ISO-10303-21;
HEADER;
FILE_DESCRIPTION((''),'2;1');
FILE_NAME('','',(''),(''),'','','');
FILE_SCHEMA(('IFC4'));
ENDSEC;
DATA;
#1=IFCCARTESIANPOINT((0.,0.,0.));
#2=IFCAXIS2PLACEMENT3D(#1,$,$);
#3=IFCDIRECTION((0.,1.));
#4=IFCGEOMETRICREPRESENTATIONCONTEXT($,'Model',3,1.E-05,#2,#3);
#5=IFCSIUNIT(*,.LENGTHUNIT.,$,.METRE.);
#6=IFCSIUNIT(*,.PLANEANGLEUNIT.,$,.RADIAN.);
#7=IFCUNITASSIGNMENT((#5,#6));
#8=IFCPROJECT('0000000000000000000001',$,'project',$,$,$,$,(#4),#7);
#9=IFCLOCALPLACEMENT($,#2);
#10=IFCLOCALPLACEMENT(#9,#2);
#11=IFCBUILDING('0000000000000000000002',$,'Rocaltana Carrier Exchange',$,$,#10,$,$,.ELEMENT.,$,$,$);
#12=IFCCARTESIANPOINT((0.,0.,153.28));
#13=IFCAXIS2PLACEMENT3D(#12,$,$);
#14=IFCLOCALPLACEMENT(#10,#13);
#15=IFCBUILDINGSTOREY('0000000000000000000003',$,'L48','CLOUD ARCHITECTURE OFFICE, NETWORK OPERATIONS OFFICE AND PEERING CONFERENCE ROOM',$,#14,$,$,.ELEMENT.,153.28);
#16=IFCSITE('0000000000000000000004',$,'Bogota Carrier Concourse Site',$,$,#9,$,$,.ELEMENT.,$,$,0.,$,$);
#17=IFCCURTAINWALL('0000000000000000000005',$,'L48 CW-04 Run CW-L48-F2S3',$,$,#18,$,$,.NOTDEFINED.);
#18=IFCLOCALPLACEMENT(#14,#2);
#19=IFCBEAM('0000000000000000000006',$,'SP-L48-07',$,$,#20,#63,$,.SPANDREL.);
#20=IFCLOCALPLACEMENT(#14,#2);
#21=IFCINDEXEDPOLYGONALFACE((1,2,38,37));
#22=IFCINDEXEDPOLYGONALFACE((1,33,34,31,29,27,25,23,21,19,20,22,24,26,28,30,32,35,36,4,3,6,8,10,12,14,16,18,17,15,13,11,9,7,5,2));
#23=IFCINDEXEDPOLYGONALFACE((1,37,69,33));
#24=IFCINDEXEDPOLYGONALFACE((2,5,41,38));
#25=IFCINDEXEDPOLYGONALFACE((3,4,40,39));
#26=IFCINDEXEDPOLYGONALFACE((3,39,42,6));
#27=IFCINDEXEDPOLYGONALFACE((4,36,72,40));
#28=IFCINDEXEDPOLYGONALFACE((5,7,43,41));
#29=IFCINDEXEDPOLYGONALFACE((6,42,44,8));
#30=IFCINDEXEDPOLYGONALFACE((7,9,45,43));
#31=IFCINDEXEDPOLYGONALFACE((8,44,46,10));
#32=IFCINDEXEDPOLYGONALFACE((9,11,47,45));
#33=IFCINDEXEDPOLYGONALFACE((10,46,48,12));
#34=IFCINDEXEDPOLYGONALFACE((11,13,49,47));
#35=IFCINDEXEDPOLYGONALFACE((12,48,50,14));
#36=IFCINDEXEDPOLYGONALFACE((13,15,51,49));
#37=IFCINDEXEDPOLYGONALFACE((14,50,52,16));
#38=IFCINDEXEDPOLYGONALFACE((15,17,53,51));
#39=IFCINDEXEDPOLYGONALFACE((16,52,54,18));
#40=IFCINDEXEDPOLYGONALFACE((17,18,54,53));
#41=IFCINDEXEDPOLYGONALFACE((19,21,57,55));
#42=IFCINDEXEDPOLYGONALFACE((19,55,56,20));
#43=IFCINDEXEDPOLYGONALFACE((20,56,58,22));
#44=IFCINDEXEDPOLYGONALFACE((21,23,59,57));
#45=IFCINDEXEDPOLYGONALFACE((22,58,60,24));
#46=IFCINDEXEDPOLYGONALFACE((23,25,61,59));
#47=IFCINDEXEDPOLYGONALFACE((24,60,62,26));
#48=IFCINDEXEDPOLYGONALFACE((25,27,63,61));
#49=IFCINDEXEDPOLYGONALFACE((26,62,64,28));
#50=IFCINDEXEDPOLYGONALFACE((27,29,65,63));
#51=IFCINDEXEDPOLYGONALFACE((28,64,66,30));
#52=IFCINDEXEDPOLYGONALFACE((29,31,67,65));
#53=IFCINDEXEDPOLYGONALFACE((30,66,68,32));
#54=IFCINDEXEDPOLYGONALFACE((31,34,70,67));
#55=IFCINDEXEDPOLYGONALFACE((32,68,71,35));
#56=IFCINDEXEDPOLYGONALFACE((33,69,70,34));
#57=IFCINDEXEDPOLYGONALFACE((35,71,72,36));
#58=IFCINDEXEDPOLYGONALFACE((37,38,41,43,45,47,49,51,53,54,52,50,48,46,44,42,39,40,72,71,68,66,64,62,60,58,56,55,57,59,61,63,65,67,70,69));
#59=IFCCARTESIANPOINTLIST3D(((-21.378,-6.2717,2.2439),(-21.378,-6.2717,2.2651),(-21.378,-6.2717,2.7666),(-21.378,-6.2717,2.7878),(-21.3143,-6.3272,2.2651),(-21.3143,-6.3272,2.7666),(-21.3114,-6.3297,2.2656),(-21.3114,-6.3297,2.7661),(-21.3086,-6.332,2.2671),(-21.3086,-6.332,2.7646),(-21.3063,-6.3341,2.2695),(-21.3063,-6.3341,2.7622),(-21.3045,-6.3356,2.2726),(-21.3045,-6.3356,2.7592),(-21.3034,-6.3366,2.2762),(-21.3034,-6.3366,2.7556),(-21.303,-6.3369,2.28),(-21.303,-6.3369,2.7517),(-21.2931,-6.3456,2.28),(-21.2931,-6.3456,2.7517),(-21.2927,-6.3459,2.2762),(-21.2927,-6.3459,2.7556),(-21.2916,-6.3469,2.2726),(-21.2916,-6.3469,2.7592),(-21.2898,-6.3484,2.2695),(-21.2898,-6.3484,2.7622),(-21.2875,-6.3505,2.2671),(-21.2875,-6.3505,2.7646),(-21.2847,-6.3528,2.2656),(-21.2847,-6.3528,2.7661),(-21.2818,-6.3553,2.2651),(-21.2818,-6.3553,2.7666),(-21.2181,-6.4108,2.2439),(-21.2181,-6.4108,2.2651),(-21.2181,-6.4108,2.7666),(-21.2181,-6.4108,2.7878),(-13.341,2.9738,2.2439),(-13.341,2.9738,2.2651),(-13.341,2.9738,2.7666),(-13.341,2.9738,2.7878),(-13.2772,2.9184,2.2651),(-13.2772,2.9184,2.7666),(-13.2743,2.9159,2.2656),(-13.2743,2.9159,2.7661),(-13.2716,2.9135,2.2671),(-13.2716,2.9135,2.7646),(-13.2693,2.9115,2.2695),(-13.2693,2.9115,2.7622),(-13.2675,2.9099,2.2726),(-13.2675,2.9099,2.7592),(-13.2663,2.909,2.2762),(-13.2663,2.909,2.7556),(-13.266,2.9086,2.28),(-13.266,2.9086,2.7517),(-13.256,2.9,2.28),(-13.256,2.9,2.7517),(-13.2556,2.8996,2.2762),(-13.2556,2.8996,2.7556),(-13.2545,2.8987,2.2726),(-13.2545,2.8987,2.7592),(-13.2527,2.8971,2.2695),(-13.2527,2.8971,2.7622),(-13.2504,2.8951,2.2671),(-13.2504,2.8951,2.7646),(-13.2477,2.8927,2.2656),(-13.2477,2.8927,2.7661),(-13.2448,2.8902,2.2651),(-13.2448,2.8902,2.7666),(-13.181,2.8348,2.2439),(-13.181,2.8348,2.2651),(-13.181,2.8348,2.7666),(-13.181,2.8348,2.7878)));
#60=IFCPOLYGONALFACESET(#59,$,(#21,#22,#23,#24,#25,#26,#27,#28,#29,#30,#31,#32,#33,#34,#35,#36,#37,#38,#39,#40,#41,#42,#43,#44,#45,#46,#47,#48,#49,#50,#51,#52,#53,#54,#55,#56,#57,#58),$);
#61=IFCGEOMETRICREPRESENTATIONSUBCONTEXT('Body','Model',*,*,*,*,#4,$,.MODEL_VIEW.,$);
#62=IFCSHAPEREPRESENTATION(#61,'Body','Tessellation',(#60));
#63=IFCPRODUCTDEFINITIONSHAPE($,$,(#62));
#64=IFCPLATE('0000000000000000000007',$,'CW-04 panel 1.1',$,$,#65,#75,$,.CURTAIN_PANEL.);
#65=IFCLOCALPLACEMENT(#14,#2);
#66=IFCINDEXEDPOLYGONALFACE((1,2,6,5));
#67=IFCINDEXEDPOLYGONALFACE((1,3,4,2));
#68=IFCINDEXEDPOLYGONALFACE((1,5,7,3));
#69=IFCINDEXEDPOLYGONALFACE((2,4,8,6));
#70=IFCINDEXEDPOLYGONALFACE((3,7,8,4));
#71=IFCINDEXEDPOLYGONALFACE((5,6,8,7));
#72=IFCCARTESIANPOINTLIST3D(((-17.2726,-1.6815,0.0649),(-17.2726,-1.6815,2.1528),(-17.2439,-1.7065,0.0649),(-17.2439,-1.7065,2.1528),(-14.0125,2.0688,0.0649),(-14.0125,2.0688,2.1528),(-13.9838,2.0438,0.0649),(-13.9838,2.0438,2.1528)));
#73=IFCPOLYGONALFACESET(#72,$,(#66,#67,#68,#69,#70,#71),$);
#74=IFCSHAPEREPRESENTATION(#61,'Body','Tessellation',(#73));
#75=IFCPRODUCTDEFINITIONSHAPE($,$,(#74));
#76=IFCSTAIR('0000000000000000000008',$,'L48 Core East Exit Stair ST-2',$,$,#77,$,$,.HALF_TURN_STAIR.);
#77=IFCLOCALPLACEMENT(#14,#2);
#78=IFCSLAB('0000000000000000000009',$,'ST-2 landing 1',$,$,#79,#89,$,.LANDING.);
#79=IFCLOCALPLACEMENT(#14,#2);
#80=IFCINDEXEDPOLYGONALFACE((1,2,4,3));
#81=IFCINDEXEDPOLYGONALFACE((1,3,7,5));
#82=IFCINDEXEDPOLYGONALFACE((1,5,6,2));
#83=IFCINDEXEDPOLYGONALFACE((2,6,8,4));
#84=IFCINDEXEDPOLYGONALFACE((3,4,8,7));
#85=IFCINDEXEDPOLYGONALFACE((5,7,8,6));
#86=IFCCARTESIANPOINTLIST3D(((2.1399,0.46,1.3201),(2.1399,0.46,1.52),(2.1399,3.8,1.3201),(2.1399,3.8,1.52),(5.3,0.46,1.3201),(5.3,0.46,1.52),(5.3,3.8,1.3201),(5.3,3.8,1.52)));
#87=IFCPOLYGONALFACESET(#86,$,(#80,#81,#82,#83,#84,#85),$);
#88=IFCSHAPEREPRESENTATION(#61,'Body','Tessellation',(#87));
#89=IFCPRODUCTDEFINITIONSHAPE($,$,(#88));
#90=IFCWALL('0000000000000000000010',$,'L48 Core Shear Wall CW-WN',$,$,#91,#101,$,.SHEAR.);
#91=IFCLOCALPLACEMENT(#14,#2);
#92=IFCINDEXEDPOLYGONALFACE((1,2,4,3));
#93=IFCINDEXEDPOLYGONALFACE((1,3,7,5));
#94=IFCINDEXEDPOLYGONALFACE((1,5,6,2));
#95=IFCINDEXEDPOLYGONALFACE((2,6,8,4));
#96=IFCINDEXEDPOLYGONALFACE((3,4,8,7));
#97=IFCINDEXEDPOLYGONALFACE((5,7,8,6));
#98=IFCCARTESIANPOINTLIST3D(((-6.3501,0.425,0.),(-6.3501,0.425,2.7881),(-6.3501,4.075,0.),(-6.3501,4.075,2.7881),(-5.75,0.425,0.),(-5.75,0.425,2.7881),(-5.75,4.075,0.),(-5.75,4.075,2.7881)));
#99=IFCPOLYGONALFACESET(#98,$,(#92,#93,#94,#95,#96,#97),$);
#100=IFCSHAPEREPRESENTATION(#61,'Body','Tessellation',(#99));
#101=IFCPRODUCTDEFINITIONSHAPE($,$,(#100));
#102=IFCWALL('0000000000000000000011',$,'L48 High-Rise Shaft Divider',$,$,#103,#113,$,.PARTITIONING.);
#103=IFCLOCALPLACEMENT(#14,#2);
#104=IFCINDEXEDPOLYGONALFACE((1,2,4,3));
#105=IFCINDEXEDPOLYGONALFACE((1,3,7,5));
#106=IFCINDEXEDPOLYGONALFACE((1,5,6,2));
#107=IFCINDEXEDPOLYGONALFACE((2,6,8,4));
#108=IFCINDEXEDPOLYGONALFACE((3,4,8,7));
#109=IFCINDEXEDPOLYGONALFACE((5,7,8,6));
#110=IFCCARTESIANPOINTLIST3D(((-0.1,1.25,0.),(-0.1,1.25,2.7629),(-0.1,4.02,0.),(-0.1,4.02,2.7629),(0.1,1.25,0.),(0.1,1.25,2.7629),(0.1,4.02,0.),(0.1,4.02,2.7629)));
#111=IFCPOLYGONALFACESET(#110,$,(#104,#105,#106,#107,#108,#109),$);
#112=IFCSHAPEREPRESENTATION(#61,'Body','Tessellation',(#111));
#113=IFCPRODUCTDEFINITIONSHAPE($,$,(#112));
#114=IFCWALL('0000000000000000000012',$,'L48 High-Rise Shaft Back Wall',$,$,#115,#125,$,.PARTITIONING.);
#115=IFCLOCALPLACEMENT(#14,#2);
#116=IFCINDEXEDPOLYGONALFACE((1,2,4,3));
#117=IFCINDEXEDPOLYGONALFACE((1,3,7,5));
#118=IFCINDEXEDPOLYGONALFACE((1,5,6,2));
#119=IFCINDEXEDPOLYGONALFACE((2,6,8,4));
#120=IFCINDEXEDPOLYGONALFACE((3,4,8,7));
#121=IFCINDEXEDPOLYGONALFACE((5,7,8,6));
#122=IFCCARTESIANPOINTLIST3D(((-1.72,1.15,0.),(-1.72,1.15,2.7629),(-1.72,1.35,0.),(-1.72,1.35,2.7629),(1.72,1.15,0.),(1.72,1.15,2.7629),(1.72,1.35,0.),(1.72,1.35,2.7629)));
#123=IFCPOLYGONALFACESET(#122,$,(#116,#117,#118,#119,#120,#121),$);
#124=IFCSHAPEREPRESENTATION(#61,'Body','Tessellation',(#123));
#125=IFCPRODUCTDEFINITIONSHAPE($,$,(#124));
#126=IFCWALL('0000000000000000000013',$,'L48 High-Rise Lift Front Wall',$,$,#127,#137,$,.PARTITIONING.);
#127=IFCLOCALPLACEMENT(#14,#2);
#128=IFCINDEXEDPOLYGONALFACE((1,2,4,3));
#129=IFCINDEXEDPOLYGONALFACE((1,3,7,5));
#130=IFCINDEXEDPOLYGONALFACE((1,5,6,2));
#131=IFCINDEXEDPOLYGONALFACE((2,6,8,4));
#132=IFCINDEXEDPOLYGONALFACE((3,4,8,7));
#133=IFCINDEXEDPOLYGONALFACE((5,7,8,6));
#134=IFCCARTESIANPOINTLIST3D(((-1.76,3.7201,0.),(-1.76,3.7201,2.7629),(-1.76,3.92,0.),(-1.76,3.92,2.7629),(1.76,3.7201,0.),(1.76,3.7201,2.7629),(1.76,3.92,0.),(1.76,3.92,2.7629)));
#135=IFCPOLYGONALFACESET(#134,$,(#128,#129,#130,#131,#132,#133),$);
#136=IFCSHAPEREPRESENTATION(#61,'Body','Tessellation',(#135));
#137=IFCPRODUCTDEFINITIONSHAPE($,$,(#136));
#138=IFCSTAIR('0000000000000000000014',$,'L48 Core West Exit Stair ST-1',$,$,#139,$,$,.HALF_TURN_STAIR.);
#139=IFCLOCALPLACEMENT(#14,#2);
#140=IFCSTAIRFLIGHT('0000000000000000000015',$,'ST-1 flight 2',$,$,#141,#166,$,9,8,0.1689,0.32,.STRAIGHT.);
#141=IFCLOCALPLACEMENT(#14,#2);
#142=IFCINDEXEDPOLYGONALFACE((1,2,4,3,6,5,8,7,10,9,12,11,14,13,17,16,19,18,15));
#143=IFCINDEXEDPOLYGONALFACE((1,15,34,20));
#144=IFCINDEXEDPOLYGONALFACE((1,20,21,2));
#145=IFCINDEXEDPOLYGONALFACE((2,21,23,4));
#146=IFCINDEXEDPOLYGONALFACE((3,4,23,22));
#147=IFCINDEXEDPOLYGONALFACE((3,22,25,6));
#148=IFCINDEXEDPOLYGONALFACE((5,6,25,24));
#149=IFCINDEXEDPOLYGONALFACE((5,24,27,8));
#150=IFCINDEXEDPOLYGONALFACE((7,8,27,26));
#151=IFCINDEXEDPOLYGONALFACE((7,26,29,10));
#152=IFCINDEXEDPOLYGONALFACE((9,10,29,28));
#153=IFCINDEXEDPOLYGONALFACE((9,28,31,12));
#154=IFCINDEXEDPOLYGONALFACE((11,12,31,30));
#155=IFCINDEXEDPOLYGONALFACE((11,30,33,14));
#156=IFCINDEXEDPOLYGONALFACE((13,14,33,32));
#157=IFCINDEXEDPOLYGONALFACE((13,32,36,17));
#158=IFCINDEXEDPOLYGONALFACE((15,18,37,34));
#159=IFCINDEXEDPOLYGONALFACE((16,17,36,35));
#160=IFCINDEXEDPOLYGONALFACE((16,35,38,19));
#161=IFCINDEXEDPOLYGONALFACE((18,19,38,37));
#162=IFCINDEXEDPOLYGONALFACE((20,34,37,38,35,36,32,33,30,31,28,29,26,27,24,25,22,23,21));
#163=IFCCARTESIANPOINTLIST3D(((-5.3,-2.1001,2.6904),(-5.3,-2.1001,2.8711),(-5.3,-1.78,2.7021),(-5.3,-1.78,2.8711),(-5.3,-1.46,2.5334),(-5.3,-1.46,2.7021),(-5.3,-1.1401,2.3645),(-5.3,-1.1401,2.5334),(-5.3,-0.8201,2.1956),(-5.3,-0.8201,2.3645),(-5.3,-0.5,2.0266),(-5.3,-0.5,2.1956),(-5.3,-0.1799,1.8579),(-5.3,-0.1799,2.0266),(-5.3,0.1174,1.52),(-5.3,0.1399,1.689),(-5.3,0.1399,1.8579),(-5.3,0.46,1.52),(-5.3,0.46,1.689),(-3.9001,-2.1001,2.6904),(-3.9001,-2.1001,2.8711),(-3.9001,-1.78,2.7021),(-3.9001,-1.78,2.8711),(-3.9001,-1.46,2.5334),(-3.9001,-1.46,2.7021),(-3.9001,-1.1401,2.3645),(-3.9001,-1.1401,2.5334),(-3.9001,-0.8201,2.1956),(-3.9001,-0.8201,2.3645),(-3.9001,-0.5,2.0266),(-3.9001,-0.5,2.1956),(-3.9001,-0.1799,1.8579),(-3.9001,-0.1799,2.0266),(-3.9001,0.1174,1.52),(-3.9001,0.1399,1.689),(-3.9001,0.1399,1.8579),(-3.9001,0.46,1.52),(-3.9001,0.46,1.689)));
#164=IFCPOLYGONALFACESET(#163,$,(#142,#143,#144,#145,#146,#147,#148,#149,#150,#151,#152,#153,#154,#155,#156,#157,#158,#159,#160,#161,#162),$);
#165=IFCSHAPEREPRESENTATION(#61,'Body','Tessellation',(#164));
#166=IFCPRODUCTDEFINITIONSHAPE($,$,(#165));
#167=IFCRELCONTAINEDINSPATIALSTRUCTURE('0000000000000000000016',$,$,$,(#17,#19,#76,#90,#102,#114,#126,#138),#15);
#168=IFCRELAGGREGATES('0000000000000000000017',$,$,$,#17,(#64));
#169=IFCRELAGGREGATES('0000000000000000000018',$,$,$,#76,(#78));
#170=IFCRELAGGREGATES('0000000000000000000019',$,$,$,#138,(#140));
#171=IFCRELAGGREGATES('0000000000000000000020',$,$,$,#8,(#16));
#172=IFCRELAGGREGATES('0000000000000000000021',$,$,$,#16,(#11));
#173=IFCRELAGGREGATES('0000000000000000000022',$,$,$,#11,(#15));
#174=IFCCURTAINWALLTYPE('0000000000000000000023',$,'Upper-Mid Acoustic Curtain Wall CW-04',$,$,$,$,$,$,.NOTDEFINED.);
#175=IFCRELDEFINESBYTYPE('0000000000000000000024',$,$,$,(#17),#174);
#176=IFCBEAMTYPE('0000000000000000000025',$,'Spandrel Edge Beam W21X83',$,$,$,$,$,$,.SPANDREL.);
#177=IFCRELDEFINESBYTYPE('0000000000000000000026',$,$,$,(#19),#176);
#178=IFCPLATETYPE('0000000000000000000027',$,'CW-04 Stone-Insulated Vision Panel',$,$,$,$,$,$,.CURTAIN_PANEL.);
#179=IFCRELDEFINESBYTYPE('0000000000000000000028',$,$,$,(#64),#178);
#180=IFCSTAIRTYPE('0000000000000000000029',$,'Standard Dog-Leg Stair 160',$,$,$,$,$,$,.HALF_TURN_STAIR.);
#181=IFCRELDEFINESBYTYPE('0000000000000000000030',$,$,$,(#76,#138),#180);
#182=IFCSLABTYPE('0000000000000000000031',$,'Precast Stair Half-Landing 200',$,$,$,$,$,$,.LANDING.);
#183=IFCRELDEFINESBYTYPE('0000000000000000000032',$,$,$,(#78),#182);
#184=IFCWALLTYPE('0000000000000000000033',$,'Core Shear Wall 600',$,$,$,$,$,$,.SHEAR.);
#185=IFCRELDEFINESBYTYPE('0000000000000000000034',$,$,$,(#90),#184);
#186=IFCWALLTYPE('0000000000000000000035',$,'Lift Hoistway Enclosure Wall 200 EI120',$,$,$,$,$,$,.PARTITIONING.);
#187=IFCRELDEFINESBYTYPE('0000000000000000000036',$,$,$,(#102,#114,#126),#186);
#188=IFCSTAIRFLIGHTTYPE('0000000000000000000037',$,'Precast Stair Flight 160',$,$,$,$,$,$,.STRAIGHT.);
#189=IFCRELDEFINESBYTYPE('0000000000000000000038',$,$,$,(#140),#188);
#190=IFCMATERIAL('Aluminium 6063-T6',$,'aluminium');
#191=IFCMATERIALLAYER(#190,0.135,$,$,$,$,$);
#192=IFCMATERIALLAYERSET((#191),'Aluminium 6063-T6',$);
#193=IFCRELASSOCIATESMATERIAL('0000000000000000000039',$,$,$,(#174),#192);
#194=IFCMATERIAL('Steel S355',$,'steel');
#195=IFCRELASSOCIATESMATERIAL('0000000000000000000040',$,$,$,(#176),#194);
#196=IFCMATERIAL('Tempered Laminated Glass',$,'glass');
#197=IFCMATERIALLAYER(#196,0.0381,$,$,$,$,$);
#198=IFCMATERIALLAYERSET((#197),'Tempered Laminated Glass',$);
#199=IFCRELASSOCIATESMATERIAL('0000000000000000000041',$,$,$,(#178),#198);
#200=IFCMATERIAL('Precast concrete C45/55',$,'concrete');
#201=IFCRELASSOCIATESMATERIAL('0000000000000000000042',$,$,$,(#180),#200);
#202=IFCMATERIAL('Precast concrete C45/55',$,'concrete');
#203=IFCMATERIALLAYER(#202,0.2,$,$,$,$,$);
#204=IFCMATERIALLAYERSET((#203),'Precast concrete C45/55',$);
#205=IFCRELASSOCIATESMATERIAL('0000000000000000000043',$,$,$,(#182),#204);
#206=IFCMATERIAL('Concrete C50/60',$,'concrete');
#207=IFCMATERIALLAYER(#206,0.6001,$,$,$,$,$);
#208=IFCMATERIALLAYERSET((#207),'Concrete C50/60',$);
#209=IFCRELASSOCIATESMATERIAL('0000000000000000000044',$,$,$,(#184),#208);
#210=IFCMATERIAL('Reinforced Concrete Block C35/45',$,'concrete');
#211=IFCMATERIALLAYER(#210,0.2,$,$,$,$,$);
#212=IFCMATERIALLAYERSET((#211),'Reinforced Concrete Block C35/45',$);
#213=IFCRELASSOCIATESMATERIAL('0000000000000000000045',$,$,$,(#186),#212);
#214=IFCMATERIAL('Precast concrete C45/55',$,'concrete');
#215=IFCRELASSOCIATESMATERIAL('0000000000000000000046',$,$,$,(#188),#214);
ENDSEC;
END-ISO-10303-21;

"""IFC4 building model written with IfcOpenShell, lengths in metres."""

from ifc_helpers import new_model, si_unit, direction, frame, frame_2d, origin, origin_2d, place, context, subcontext, project, spatial, polyline, rectangle, i_section, outline, extrude, material, layer, layer_set, material_profile, profile_set, type_object, element, aggregate, save


model = new_model("IFC4")

# Units and contexts
model_context = context("Model", 3, precision=1e-05, world=origin(), true_north=direction((0.0, 1.0)))
body_context = subcontext(model_context, "Body", "Model", "MODEL_VIEW")
ifc_project = project(units=[si_unit("LENGTHUNIT", "METRE"), si_unit("PLANEANGLEUNIT", "RADIAN")], contexts=[model_context])

# Site, building, storey
site_placement = place(None, origin())
site = spatial("IfcSite", under=ifc_project, at=site_placement, Name="Bogota Carrier Concourse Site", CompositionType="ELEMENT", RefElevation=0.0)
building_placement = place(site_placement, origin())
building = spatial("IfcBuilding", under=site, at=building_placement, Name="Rocaltana Carrier Exchange", CompositionType="ELEMENT")
storey_placement = place(building_placement, frame((0.0, 0.0, 153.28)))
storey = spatial("IfcBuildingStorey", under=building, at=storey_placement, Name="L48", Description="CLOUD ARCHITECTURE OFFICE, NETWORK OPERATIONS OFFICE AND PEERING CONFERENCE ROOM", CompositionType="ELEMENT", Elevation=153.28)

# Curtain wall
ifc_material_1 = material(Name="Aluminium 6063-T6", Category="aluminium")
ifc_layer_1 = layer(ifc_material_1, 0.135)
ifc_layer_set_1 = layer_set([ifc_layer_1], Name="Aluminium 6063-T6")
curtain_wall_type = type_object("IfcCurtainWallType", Name="Upper-Mid Acoustic Curtain Wall CW-04", PredefinedType="NOTDEFINED", material=ifc_layer_set_1)
curtain_wall_placement = place(storey_placement, origin())
curtain_wall = element("IfcCurtainWall", 1, at=curtain_wall_placement, inside=storey, type_object=curtain_wall_type, Name="L48 CW-04 Run CW-L48-F2S3", PredefinedType="NOTDEFINED")

# Beam
ifc_material_2 = material(Name="Steel S355", Category="steel")
ifc_material_profile_1 = material_profile(ifc_material_2, i_section(OverallWidth=0.2119, OverallDepth=0.5439, WebThickness=0.0132, FlangeThickness=0.0212, FilletRadius=0.0149, at=origin_2d()), Name="W21X83")
ifc_profile_set_1 = profile_set([ifc_material_profile_1], Name="Steel S355")
beam_type_1 = type_object("IfcBeamType", Name="Spandrel Edge Beam W21X83", PredefinedType="SPANDREL", material=ifc_profile_set_1)
beam_1_placement = place(storey_placement, frame((-13.261, 2.9043, 2.5159), z_axis=(-0.65606, -0.754708, 0.0), x_axis=(0.754708, -0.65606, 0.0)))
element("IfcBeam", 2, at=beam_1_placement, inside=storey, type_object=beam_type_1, Name="SP-L48-07", PredefinedType="SPANDREL", context=body_context, shape_type="SweptSolid", body=[
    extrude(i_section(OverallWidth=0.2119, OverallDepth=0.5439, WebThickness=0.0132, FlangeThickness=0.0212, FilletRadius=0.0149, at=origin_2d()), origin(), (0.0, 0.0, 1.0), 12.2505),
])

# Plate
ifc_material_3 = material(Name="Tempered Laminated Glass", Category="glass")
ifc_layer_2 = layer(ifc_material_3, 0.0381)
ifc_layer_set_2 = layer_set([ifc_layer_2], Name="Tempered Laminated Glass")
plate_type = type_object("IfcPlateType", Name="CW-04 Stone-Insulated Vision Panel", PredefinedType="CURTAIN_PANEL", material=ifc_layer_set_2)
plate_placement = place(storey_placement, frame((-15.6282, 0.1812, 0.0649), z_axis=(0.0, 0.0, 1.0), x_axis=(-0.656057, -0.754712, 0.0)))
plate = element("IfcPlate", 3, at=plate_placement, type_object=plate_type, Name="CW-04 panel 1.1", PredefinedType="CURTAIN_PANEL", context=body_context, shape_type="SweptSolid", body=[
    extrude(rectangle(XDim=4.9692, YDim=0.0381, at=origin_2d()), origin(), (0.0, 0.0, 1.0), 2.0879),
])
aggregate(curtain_wall, [plate])

# Stair, slab
ifc_material_4 = material(Name="Precast concrete C45/55", Category="concrete")
stair_type = type_object("IfcStairType", Name="Standard Dog-Leg Stair 160", PredefinedType="HALF_TURN_STAIR", material=ifc_material_4)
stair_1_placement = place(storey_placement, origin())
stair_1 = element("IfcStair", 4, at=stair_1_placement, inside=storey, type_object=stair_type, Name="L48 Core East Exit Stair ST-2", PredefinedType="HALF_TURN_STAIR")
ifc_material_5 = material(Name="Precast concrete C45/55", Category="concrete")
ifc_layer_3 = layer(ifc_material_5, 0.2)
ifc_layer_set_3 = layer_set([ifc_layer_3], Name="Precast concrete C45/55")
slab_type = type_object("IfcSlabType", Name="Precast Stair Half-Landing 200", PredefinedType="LANDING", material=ifc_layer_set_3)
slab_placement = place(storey_placement, frame((0.0, 0.0, 1.3201)))
slab = element("IfcSlab", 5, at=slab_placement, type_object=slab_type, Name="ST-2 landing 1", PredefinedType="LANDING", context=body_context, shape_type="SweptSolid", body=[
    extrude(outline(polyline([(5.3, 0.46), (5.3, 3.8), (2.1399, 3.8), (2.1399, 0.46), (5.3, 0.46)])), origin(), (0.0, 0.0, 1.0), 0.2),
])
aggregate(stair_1, [slab])

# Walls
ifc_material_6 = material(Name="Concrete C50/60", Category="concrete")
ifc_layer_4 = layer(ifc_material_6, 0.6001)
ifc_layer_set_4 = layer_set([ifc_layer_4], Name="Concrete C50/60")
wall_type_1 = type_object("IfcWallType", Name="Core Shear Wall 600", PredefinedType="SHEAR", material=ifc_layer_set_4)
wall_1_placement = place(storey_placement, frame((-6.05, 0.425, 0.0), z_axis=(0.0, 0.0, 1.0), x_axis=(0.0, 1.0, 0.0)))
element("IfcWall", 6, at=wall_1_placement, inside=storey, type_object=wall_type_1, Name="L48 Core Shear Wall CW-WN", PredefinedType="SHEAR", context=body_context, shape_type="SweptSolid", body=[
    extrude(rectangle(XDim=3.6499, YDim=0.6001, at=frame_2d((1.825, 0.0))), origin(), (0.0, 0.0, 1.0), 2.7881),
])
ifc_material_7 = material(Name="Reinforced Concrete Block C35/45", Category="concrete")
ifc_layer_5 = layer(ifc_material_7, 0.2)
ifc_layer_set_5 = layer_set([ifc_layer_5], Name="Reinforced Concrete Block C35/45")
wall_type_2 = type_object("IfcWallType", Name="Lift Hoistway Enclosure Wall 200 EI120", PredefinedType="PARTITIONING", material=ifc_layer_set_5)
wall_2_placement = place(storey_placement, frame((0.0, 1.25, 0.0), z_axis=(0.0, 0.0, 1.0), x_axis=(0.0, 1.0, 0.0)))
element("IfcWall", 7, at=wall_2_placement, inside=storey, type_object=wall_type_2, Name="L48 High-Rise Shaft Divider", PredefinedType="PARTITIONING", context=body_context, shape_type="SweptSolid", body=[
    extrude(rectangle(XDim=2.77, YDim=0.2, at=frame_2d((1.385, 0.0))), origin(), (0.0, 0.0, 1.0), 2.7629),
])
wall_3_placement = place(storey_placement, frame((-1.72, 1.25, 0.0), z_axis=(0.0, 0.0, 1.0), x_axis=(1.0, 0.0, 0.0)))
element("IfcWall", 8, at=wall_3_placement, inside=storey, type_object=wall_type_2, Name="L48 High-Rise Shaft Back Wall", PredefinedType="PARTITIONING", context=body_context, shape_type="SweptSolid", body=[
    extrude(rectangle(XDim=3.4399, YDim=0.2, at=frame_2d((1.72, 0.0))), origin(), (0.0, 0.0, 1.0), 2.7629),
])
wall_4_placement = place(storey_placement, frame((-1.76, 3.8201, 0.0), z_axis=(0.0, 0.0, 1.0), x_axis=(1.0, 0.0, 0.0)))
element("IfcWall", 9, at=wall_4_placement, inside=storey, type_object=wall_type_2, Name="L48 High-Rise Lift Front Wall", PredefinedType="PARTITIONING", context=body_context, shape_type="SweptSolid", body=[
    extrude(rectangle(XDim=3.52, YDim=0.2, at=frame_2d((1.76, 0.0))), origin(), (0.0, 0.0, 1.0), 2.7629),
])

# Stair, stair flight
stair_2_placement = place(storey_placement, origin())
stair_2 = element("IfcStair", 10, at=stair_2_placement, inside=storey, type_object=stair_type, Name="L48 Core West Exit Stair ST-1", PredefinedType="HALF_TURN_STAIR")
ifc_material_8 = material(Name="Precast concrete C45/55", Category="concrete")
stair_flight_type = type_object("IfcStairFlightType", Name="Precast Stair Flight 160", PredefinedType="STRAIGHT", material=ifc_material_8)
stair_flight_placement = place(storey_placement, frame((-4.6001, 0.46, 1.52), z_axis=(0.0, 0.0, 1.0), x_axis=(0.0, -1.0, 0.0)))
stair_flight = element("IfcStairFlight", 11, at=stair_flight_placement, type_object=stair_flight_type, Name="ST-1 flight 2", NumberOfRisers=9, NumberOfTreads=8, PredefinedType="STRAIGHT", RiserHeight=0.1689, TreadLength=0.32, context=body_context, shape_type="SweptSolid", body=[
    extrude(outline(polyline([(0.0, 0.0), (0.0, 0.1689), (0.3201, 0.1689), (0.3201, 0.3379), (0.6399, 0.3379), (0.6399, 0.5066), (0.96, 0.5066), (0.96, 0.6755), (1.28, 0.6755), (1.28, 0.8445), (1.6001, 0.8445), (1.6001, 1.0134), (1.9199, 1.0134), (1.9199, 1.1821), (2.24, 1.1821), (2.24, 1.3511), (2.5601, 1.3511), (2.5601, 1.52), (2.5601, 1.1704), (0.3425, 0.0), (0.0, 0.0)])), frame((0.0, 0.7, 0.0), z_axis=(0.0, -1.0, 0.0), x_axis=(1.0, 0.0, 0.0)), (0.0, 0.0, 1.0), 1.3999),
])
aggregate(stair_2, [stair_flight])

save(model, "model.ifc")
